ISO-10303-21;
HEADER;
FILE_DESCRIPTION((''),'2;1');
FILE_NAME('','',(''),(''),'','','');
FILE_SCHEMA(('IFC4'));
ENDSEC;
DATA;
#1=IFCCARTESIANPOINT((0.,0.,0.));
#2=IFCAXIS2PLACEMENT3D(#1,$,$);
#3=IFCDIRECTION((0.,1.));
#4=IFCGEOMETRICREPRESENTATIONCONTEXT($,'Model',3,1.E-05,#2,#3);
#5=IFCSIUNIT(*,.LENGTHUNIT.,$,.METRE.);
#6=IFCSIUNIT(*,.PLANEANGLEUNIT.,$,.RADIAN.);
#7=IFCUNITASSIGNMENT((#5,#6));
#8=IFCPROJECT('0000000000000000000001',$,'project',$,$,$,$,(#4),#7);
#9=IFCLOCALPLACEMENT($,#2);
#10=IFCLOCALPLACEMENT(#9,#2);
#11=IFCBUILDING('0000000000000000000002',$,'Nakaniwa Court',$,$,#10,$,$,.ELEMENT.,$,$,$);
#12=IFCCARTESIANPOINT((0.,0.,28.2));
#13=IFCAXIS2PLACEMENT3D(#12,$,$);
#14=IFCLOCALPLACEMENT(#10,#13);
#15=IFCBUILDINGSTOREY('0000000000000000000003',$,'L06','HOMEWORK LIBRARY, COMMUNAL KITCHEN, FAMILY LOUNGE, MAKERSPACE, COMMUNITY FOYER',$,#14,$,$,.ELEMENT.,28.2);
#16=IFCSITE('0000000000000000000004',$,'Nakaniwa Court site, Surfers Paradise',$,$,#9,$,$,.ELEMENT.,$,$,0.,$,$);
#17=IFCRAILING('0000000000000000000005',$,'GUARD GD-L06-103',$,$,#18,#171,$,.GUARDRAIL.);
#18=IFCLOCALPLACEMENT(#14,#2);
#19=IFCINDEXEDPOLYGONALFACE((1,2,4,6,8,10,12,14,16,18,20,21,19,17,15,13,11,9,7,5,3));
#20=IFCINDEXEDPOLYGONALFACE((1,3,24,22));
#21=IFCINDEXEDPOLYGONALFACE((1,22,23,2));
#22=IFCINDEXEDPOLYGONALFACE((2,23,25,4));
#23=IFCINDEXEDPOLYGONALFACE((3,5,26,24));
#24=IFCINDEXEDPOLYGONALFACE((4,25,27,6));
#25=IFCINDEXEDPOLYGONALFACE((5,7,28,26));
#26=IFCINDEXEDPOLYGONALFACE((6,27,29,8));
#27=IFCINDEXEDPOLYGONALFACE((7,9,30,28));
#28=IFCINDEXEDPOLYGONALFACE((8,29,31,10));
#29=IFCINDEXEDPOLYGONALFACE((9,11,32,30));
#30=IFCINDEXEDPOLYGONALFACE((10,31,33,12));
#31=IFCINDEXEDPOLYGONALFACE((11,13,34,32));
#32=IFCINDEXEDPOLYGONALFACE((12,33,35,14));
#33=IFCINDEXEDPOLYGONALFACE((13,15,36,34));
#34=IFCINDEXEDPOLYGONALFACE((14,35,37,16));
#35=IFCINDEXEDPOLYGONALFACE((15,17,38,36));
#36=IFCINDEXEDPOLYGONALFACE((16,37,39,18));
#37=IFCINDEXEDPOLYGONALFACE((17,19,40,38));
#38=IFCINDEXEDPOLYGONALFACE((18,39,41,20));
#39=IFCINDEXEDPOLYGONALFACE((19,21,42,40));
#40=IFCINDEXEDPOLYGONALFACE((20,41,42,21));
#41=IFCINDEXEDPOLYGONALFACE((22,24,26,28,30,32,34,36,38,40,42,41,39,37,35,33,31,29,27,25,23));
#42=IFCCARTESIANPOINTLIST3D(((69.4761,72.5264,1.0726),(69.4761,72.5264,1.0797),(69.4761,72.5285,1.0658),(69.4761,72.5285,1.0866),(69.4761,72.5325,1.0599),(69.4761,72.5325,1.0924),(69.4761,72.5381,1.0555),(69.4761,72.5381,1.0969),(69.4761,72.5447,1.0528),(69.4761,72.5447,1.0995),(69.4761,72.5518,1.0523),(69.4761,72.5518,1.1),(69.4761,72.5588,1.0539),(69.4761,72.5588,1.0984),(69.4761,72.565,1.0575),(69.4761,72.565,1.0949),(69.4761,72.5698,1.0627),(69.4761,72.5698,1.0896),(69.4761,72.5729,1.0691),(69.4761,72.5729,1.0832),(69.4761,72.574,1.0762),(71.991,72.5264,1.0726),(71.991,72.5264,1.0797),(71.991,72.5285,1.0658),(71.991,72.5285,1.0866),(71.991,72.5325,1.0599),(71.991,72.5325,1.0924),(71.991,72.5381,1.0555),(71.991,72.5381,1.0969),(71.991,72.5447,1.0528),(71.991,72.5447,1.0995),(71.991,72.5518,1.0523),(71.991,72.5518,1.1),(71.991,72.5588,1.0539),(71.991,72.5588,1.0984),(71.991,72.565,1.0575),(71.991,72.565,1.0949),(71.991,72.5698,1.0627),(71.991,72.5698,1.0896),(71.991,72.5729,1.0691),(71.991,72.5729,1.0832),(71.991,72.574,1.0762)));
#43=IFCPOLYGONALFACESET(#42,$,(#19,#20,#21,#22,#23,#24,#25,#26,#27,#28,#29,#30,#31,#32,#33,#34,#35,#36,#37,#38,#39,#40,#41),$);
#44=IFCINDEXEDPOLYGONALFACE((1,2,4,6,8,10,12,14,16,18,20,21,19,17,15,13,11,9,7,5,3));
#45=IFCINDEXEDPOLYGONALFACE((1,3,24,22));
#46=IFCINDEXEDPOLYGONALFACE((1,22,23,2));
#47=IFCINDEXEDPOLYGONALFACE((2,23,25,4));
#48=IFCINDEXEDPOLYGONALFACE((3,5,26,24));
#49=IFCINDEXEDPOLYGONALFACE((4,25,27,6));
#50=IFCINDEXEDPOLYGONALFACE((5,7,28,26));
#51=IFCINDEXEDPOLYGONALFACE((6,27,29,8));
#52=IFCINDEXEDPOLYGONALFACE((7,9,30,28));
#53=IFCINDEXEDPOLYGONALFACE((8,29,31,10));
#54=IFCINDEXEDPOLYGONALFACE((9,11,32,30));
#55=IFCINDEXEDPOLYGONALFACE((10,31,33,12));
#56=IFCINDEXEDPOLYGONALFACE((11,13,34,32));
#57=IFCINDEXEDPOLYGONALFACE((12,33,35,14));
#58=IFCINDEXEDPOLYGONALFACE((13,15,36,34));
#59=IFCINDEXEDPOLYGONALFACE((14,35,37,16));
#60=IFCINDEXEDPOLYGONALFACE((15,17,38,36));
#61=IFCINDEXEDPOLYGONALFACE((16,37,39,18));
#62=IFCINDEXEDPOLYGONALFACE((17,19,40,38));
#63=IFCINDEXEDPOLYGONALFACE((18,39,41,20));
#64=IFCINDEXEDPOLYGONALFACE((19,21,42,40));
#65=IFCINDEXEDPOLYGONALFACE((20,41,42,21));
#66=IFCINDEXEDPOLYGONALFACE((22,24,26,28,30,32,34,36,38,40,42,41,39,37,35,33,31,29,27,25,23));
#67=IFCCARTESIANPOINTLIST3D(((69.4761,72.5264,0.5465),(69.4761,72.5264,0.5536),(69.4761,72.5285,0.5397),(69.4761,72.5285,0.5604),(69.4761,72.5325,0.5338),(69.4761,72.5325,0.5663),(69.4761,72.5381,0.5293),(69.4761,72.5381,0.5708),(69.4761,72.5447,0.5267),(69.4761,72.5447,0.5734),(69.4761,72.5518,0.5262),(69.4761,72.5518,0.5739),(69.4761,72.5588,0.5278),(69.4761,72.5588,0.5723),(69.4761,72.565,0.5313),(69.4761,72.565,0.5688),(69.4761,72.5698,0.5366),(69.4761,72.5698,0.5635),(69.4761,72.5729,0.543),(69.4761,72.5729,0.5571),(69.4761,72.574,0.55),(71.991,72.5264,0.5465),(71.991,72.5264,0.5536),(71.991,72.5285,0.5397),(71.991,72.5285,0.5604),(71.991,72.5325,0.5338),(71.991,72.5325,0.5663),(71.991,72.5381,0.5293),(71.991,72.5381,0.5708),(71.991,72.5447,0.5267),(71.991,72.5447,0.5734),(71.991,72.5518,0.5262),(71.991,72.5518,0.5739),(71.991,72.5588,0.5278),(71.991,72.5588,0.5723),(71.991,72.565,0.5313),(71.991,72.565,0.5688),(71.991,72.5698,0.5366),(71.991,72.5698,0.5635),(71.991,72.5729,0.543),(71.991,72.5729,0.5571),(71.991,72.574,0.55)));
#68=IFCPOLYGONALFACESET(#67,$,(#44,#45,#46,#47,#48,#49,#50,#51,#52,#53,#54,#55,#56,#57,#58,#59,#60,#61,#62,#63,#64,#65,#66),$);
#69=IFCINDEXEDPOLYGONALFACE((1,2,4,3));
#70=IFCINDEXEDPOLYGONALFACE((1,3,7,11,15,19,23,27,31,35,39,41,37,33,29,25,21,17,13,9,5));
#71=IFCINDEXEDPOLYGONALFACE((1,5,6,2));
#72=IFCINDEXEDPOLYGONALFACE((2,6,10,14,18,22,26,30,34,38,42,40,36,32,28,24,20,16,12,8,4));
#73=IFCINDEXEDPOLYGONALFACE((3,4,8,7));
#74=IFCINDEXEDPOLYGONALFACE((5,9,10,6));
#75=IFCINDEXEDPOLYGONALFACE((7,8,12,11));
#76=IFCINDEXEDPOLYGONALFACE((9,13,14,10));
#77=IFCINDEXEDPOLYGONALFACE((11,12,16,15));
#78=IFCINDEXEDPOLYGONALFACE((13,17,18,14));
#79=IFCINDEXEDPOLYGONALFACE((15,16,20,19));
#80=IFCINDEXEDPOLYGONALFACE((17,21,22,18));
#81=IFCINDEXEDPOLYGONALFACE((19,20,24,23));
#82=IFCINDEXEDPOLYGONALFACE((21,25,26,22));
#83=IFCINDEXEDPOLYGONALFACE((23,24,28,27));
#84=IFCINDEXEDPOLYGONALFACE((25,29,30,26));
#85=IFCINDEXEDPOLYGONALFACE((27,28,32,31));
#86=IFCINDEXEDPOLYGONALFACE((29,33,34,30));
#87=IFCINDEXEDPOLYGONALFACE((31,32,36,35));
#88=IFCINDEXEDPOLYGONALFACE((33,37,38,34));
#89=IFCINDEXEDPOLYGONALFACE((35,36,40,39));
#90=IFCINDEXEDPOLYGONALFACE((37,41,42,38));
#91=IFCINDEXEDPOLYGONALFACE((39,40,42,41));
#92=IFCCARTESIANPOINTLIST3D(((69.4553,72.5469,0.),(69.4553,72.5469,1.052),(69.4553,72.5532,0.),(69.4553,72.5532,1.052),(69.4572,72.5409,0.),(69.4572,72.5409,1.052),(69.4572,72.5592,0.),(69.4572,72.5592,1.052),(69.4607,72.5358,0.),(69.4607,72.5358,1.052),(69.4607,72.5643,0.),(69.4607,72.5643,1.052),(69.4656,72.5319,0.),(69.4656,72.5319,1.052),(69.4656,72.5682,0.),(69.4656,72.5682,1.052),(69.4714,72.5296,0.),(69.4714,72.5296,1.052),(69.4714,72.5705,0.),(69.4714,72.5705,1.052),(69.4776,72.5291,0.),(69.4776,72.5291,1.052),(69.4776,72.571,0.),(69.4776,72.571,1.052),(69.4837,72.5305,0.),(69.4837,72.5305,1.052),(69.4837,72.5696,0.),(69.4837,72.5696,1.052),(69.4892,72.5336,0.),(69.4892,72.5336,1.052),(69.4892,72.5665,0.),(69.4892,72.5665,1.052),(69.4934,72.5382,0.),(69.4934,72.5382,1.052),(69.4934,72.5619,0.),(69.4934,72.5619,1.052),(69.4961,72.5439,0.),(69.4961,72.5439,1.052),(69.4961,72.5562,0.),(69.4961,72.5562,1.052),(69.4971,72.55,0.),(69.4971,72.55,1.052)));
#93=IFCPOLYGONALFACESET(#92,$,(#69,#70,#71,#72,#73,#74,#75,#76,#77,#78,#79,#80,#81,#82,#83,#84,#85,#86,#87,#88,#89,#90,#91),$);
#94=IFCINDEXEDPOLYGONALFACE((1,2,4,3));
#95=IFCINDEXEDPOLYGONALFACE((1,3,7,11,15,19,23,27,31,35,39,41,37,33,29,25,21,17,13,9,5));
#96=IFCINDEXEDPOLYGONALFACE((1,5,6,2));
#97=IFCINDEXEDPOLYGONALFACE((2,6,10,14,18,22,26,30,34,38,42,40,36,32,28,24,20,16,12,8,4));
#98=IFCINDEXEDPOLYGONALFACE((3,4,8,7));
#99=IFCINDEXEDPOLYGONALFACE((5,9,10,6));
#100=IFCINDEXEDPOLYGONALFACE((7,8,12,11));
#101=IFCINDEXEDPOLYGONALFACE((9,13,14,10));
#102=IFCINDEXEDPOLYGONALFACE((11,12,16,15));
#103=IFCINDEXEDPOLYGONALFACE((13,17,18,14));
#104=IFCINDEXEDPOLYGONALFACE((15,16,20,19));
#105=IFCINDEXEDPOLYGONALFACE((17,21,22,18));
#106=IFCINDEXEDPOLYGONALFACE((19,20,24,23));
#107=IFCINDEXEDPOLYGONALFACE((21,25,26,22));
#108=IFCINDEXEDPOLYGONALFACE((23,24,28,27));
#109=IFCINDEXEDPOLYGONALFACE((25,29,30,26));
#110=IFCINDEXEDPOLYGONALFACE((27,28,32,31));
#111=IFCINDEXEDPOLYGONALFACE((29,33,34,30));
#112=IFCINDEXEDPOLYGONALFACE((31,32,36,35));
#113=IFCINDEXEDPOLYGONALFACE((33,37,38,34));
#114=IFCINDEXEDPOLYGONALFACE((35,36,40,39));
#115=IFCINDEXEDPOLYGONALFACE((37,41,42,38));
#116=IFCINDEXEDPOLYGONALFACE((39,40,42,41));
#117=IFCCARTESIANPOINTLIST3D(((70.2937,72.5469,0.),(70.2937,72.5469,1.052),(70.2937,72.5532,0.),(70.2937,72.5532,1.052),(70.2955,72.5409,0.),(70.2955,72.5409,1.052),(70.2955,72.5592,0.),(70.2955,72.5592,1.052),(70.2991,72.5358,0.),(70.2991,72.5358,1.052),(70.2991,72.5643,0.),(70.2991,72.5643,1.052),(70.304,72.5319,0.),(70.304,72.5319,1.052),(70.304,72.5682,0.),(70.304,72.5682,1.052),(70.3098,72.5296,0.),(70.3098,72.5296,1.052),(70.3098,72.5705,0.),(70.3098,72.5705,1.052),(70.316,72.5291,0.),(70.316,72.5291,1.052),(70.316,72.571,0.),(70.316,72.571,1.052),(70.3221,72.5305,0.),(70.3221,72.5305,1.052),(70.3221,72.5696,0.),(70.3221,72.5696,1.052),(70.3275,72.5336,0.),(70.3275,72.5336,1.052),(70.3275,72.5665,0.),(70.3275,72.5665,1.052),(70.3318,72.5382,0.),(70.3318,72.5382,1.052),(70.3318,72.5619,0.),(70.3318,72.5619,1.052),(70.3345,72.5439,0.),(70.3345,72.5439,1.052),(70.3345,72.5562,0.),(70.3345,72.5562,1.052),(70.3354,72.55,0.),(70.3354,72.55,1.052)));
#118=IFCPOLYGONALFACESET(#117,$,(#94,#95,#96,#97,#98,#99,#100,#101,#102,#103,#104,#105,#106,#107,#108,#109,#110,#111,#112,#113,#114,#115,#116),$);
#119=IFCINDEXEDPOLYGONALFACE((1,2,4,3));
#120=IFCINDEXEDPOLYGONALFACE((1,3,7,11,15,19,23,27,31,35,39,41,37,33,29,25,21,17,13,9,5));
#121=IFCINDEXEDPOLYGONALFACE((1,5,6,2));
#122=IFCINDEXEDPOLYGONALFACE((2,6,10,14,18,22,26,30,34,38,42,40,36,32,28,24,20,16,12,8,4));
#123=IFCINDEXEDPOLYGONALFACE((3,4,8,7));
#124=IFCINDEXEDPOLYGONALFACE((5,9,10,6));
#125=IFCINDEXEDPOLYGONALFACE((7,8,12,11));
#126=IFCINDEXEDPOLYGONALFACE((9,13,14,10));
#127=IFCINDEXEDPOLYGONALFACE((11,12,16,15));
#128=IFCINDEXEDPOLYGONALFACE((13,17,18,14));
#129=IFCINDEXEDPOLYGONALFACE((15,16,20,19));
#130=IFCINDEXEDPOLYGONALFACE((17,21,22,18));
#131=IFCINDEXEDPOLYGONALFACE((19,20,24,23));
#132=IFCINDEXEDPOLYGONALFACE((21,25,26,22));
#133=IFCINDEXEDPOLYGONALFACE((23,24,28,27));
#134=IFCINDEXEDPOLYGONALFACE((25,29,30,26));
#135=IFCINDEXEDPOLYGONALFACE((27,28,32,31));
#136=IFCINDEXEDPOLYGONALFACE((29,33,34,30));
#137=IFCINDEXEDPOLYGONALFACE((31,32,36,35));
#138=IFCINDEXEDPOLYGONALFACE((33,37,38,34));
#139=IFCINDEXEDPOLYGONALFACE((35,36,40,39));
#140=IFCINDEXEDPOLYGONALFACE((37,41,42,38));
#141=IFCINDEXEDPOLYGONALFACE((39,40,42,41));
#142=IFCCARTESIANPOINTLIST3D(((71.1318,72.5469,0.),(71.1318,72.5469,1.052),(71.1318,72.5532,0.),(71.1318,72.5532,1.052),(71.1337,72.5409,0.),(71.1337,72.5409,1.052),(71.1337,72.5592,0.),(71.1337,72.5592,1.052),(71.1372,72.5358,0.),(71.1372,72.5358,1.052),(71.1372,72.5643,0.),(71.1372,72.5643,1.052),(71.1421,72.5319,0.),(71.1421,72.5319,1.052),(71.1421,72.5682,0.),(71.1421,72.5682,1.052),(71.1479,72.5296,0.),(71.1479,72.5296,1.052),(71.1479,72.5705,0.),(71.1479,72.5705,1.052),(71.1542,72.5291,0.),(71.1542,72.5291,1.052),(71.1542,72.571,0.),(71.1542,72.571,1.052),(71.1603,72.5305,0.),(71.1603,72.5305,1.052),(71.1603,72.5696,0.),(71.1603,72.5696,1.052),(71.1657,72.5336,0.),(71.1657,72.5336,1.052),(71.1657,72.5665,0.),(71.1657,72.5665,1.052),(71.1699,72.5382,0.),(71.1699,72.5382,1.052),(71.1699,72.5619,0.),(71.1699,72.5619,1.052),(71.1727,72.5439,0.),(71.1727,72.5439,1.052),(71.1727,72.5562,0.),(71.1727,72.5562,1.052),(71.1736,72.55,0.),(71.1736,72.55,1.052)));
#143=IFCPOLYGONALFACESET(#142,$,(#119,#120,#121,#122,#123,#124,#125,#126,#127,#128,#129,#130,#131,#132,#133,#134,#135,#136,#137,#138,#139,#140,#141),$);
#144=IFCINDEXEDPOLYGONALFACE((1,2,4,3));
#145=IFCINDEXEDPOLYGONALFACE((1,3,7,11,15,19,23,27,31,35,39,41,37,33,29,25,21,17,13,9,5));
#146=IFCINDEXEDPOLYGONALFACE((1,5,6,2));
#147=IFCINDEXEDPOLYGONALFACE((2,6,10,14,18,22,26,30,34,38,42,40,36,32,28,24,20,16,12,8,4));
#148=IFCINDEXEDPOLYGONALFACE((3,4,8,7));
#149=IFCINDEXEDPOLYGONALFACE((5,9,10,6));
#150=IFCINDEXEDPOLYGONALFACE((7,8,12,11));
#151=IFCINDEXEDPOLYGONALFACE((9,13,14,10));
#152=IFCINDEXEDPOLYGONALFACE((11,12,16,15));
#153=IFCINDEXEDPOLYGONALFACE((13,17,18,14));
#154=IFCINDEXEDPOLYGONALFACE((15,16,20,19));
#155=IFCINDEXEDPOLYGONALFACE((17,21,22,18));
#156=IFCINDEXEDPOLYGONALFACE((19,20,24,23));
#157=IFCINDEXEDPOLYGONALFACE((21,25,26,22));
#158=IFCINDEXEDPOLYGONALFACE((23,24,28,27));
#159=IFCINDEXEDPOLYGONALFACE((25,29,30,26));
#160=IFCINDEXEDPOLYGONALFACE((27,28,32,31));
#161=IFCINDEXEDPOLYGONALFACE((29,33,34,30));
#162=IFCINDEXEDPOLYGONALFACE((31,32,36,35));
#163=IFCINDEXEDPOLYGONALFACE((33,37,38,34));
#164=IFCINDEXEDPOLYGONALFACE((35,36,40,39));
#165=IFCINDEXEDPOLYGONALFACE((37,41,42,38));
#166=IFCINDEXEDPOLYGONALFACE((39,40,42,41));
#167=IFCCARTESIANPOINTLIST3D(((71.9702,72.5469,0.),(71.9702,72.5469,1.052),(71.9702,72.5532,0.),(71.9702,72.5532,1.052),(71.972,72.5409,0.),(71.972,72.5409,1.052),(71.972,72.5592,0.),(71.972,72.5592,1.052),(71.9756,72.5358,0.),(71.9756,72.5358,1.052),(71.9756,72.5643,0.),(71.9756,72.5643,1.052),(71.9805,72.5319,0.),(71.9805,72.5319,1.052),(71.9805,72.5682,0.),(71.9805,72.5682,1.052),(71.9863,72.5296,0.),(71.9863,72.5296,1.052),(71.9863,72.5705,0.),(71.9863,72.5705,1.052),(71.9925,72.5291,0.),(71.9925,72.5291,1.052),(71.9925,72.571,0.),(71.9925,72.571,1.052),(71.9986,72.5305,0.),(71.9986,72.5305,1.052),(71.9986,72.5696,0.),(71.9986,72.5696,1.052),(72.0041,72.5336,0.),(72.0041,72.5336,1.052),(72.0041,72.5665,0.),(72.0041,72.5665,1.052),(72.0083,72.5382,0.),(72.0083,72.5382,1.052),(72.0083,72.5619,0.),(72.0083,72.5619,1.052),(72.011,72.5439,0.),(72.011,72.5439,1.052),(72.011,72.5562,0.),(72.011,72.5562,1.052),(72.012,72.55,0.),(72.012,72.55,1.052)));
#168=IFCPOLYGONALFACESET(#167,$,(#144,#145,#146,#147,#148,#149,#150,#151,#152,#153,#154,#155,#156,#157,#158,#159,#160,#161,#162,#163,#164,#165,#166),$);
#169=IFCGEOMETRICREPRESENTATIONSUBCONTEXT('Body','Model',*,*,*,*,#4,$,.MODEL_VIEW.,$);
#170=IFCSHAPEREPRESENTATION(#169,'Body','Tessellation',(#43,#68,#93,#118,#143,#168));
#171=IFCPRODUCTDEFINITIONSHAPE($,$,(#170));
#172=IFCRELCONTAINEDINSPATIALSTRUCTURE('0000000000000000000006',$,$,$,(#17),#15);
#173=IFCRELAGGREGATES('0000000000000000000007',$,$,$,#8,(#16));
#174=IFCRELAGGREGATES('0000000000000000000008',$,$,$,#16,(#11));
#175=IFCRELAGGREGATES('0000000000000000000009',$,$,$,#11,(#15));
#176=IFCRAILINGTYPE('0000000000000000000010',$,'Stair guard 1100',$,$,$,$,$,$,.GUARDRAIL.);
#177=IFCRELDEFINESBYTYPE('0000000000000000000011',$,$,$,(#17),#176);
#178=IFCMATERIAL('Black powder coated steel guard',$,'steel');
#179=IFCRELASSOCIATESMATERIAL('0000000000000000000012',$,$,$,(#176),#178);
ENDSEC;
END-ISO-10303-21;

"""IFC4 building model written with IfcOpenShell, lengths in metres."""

from ifc_helpers import new_model, si_unit, direction, frame, origin, origin_2d, place, context, subcontext, project, spatial, circle, extrude, material, type_object, element, save


model = new_model("IFC4")

# Units and contexts
model_context = context("Model", 3, precision=1e-05, world=origin(), true_north=direction((0.0, 1.0)))
body_context = subcontext(model_context, "Body", "Model", "MODEL_VIEW")
ifc_project = project(units=[si_unit("LENGTHUNIT", "METRE"), si_unit("PLANEANGLEUNIT", "RADIAN")], contexts=[model_context])

# Site, building, storey
site_placement = place(None, origin())
site = spatial("IfcSite", under=ifc_project, at=site_placement, Name="Nakaniwa Court site, Surfers Paradise", CompositionType="ELEMENT", RefElevation=0.0)
building_placement = place(site_placement, origin())
building = spatial("IfcBuilding", under=site, at=building_placement, Name="Nakaniwa Court", CompositionType="ELEMENT")
storey_placement = place(building_placement, frame((0.0, 0.0, 28.2)))
storey = spatial("IfcBuildingStorey", under=building, at=storey_placement, Name="L06", Description="HOMEWORK LIBRARY, COMMUNAL KITCHEN, FAMILY LOUNGE, MAKERSPACE, COMMUNITY FOYER", CompositionType="ELEMENT", Elevation=28.2)

# Railing
ifc_material_1 = material(Name="Black powder coated steel guard", Category="steel")
railing_type = type_object("IfcRailingType", Name="Stair guard 1100", PredefinedType="GUARDRAIL", material=ifc_material_1)
railing_1_placement = place(storey_placement, frame((69.4761, 72.55, 0.0)))
element("IfcRailing", 1, at=railing_1_placement, inside=storey, type_object=railing_type, Name="GUARD GD-L06-103", PredefinedType="GUARDRAIL", context=body_context, shape_type="SweptSolid", body=[
    extrude(circle(Radius=0.0239, at=origin_2d()), frame((0.0, 0.0, 1.0762), z_axis=(1.0, 0.0, 0.0), x_axis=(0.0, 1.0, 0.0)), (0.0, 0.0, 1.0), 2.5149),
    extrude(circle(Radius=0.0239, at=origin_2d()), frame((0.0, 0.0, 0.55), z_axis=(1.0, 0.0, 0.0), x_axis=(0.0, 1.0, 0.0)), (0.0, 0.0, 1.0), 2.5149),
    extrude(circle(Radius=0.021, at=origin_2d()), origin(), (0.0, 0.0, 1.0), 1.052),
    extrude(circle(Radius=0.021, at=origin_2d()), frame((0.8384, 0.0, 0.0)), (0.0, 0.0, 1.0), 1.052),
    extrude(circle(Radius=0.021, at=origin_2d()), frame((1.6765, 0.0, 0.0)), (0.0, 0.0, 1.0), 1.052),
    extrude(circle(Radius=0.021, at=origin_2d()), frame((2.5149, 0.0, 0.0)), (0.0, 0.0, 1.0), 1.052),
])

save(model, "model.ifc")
